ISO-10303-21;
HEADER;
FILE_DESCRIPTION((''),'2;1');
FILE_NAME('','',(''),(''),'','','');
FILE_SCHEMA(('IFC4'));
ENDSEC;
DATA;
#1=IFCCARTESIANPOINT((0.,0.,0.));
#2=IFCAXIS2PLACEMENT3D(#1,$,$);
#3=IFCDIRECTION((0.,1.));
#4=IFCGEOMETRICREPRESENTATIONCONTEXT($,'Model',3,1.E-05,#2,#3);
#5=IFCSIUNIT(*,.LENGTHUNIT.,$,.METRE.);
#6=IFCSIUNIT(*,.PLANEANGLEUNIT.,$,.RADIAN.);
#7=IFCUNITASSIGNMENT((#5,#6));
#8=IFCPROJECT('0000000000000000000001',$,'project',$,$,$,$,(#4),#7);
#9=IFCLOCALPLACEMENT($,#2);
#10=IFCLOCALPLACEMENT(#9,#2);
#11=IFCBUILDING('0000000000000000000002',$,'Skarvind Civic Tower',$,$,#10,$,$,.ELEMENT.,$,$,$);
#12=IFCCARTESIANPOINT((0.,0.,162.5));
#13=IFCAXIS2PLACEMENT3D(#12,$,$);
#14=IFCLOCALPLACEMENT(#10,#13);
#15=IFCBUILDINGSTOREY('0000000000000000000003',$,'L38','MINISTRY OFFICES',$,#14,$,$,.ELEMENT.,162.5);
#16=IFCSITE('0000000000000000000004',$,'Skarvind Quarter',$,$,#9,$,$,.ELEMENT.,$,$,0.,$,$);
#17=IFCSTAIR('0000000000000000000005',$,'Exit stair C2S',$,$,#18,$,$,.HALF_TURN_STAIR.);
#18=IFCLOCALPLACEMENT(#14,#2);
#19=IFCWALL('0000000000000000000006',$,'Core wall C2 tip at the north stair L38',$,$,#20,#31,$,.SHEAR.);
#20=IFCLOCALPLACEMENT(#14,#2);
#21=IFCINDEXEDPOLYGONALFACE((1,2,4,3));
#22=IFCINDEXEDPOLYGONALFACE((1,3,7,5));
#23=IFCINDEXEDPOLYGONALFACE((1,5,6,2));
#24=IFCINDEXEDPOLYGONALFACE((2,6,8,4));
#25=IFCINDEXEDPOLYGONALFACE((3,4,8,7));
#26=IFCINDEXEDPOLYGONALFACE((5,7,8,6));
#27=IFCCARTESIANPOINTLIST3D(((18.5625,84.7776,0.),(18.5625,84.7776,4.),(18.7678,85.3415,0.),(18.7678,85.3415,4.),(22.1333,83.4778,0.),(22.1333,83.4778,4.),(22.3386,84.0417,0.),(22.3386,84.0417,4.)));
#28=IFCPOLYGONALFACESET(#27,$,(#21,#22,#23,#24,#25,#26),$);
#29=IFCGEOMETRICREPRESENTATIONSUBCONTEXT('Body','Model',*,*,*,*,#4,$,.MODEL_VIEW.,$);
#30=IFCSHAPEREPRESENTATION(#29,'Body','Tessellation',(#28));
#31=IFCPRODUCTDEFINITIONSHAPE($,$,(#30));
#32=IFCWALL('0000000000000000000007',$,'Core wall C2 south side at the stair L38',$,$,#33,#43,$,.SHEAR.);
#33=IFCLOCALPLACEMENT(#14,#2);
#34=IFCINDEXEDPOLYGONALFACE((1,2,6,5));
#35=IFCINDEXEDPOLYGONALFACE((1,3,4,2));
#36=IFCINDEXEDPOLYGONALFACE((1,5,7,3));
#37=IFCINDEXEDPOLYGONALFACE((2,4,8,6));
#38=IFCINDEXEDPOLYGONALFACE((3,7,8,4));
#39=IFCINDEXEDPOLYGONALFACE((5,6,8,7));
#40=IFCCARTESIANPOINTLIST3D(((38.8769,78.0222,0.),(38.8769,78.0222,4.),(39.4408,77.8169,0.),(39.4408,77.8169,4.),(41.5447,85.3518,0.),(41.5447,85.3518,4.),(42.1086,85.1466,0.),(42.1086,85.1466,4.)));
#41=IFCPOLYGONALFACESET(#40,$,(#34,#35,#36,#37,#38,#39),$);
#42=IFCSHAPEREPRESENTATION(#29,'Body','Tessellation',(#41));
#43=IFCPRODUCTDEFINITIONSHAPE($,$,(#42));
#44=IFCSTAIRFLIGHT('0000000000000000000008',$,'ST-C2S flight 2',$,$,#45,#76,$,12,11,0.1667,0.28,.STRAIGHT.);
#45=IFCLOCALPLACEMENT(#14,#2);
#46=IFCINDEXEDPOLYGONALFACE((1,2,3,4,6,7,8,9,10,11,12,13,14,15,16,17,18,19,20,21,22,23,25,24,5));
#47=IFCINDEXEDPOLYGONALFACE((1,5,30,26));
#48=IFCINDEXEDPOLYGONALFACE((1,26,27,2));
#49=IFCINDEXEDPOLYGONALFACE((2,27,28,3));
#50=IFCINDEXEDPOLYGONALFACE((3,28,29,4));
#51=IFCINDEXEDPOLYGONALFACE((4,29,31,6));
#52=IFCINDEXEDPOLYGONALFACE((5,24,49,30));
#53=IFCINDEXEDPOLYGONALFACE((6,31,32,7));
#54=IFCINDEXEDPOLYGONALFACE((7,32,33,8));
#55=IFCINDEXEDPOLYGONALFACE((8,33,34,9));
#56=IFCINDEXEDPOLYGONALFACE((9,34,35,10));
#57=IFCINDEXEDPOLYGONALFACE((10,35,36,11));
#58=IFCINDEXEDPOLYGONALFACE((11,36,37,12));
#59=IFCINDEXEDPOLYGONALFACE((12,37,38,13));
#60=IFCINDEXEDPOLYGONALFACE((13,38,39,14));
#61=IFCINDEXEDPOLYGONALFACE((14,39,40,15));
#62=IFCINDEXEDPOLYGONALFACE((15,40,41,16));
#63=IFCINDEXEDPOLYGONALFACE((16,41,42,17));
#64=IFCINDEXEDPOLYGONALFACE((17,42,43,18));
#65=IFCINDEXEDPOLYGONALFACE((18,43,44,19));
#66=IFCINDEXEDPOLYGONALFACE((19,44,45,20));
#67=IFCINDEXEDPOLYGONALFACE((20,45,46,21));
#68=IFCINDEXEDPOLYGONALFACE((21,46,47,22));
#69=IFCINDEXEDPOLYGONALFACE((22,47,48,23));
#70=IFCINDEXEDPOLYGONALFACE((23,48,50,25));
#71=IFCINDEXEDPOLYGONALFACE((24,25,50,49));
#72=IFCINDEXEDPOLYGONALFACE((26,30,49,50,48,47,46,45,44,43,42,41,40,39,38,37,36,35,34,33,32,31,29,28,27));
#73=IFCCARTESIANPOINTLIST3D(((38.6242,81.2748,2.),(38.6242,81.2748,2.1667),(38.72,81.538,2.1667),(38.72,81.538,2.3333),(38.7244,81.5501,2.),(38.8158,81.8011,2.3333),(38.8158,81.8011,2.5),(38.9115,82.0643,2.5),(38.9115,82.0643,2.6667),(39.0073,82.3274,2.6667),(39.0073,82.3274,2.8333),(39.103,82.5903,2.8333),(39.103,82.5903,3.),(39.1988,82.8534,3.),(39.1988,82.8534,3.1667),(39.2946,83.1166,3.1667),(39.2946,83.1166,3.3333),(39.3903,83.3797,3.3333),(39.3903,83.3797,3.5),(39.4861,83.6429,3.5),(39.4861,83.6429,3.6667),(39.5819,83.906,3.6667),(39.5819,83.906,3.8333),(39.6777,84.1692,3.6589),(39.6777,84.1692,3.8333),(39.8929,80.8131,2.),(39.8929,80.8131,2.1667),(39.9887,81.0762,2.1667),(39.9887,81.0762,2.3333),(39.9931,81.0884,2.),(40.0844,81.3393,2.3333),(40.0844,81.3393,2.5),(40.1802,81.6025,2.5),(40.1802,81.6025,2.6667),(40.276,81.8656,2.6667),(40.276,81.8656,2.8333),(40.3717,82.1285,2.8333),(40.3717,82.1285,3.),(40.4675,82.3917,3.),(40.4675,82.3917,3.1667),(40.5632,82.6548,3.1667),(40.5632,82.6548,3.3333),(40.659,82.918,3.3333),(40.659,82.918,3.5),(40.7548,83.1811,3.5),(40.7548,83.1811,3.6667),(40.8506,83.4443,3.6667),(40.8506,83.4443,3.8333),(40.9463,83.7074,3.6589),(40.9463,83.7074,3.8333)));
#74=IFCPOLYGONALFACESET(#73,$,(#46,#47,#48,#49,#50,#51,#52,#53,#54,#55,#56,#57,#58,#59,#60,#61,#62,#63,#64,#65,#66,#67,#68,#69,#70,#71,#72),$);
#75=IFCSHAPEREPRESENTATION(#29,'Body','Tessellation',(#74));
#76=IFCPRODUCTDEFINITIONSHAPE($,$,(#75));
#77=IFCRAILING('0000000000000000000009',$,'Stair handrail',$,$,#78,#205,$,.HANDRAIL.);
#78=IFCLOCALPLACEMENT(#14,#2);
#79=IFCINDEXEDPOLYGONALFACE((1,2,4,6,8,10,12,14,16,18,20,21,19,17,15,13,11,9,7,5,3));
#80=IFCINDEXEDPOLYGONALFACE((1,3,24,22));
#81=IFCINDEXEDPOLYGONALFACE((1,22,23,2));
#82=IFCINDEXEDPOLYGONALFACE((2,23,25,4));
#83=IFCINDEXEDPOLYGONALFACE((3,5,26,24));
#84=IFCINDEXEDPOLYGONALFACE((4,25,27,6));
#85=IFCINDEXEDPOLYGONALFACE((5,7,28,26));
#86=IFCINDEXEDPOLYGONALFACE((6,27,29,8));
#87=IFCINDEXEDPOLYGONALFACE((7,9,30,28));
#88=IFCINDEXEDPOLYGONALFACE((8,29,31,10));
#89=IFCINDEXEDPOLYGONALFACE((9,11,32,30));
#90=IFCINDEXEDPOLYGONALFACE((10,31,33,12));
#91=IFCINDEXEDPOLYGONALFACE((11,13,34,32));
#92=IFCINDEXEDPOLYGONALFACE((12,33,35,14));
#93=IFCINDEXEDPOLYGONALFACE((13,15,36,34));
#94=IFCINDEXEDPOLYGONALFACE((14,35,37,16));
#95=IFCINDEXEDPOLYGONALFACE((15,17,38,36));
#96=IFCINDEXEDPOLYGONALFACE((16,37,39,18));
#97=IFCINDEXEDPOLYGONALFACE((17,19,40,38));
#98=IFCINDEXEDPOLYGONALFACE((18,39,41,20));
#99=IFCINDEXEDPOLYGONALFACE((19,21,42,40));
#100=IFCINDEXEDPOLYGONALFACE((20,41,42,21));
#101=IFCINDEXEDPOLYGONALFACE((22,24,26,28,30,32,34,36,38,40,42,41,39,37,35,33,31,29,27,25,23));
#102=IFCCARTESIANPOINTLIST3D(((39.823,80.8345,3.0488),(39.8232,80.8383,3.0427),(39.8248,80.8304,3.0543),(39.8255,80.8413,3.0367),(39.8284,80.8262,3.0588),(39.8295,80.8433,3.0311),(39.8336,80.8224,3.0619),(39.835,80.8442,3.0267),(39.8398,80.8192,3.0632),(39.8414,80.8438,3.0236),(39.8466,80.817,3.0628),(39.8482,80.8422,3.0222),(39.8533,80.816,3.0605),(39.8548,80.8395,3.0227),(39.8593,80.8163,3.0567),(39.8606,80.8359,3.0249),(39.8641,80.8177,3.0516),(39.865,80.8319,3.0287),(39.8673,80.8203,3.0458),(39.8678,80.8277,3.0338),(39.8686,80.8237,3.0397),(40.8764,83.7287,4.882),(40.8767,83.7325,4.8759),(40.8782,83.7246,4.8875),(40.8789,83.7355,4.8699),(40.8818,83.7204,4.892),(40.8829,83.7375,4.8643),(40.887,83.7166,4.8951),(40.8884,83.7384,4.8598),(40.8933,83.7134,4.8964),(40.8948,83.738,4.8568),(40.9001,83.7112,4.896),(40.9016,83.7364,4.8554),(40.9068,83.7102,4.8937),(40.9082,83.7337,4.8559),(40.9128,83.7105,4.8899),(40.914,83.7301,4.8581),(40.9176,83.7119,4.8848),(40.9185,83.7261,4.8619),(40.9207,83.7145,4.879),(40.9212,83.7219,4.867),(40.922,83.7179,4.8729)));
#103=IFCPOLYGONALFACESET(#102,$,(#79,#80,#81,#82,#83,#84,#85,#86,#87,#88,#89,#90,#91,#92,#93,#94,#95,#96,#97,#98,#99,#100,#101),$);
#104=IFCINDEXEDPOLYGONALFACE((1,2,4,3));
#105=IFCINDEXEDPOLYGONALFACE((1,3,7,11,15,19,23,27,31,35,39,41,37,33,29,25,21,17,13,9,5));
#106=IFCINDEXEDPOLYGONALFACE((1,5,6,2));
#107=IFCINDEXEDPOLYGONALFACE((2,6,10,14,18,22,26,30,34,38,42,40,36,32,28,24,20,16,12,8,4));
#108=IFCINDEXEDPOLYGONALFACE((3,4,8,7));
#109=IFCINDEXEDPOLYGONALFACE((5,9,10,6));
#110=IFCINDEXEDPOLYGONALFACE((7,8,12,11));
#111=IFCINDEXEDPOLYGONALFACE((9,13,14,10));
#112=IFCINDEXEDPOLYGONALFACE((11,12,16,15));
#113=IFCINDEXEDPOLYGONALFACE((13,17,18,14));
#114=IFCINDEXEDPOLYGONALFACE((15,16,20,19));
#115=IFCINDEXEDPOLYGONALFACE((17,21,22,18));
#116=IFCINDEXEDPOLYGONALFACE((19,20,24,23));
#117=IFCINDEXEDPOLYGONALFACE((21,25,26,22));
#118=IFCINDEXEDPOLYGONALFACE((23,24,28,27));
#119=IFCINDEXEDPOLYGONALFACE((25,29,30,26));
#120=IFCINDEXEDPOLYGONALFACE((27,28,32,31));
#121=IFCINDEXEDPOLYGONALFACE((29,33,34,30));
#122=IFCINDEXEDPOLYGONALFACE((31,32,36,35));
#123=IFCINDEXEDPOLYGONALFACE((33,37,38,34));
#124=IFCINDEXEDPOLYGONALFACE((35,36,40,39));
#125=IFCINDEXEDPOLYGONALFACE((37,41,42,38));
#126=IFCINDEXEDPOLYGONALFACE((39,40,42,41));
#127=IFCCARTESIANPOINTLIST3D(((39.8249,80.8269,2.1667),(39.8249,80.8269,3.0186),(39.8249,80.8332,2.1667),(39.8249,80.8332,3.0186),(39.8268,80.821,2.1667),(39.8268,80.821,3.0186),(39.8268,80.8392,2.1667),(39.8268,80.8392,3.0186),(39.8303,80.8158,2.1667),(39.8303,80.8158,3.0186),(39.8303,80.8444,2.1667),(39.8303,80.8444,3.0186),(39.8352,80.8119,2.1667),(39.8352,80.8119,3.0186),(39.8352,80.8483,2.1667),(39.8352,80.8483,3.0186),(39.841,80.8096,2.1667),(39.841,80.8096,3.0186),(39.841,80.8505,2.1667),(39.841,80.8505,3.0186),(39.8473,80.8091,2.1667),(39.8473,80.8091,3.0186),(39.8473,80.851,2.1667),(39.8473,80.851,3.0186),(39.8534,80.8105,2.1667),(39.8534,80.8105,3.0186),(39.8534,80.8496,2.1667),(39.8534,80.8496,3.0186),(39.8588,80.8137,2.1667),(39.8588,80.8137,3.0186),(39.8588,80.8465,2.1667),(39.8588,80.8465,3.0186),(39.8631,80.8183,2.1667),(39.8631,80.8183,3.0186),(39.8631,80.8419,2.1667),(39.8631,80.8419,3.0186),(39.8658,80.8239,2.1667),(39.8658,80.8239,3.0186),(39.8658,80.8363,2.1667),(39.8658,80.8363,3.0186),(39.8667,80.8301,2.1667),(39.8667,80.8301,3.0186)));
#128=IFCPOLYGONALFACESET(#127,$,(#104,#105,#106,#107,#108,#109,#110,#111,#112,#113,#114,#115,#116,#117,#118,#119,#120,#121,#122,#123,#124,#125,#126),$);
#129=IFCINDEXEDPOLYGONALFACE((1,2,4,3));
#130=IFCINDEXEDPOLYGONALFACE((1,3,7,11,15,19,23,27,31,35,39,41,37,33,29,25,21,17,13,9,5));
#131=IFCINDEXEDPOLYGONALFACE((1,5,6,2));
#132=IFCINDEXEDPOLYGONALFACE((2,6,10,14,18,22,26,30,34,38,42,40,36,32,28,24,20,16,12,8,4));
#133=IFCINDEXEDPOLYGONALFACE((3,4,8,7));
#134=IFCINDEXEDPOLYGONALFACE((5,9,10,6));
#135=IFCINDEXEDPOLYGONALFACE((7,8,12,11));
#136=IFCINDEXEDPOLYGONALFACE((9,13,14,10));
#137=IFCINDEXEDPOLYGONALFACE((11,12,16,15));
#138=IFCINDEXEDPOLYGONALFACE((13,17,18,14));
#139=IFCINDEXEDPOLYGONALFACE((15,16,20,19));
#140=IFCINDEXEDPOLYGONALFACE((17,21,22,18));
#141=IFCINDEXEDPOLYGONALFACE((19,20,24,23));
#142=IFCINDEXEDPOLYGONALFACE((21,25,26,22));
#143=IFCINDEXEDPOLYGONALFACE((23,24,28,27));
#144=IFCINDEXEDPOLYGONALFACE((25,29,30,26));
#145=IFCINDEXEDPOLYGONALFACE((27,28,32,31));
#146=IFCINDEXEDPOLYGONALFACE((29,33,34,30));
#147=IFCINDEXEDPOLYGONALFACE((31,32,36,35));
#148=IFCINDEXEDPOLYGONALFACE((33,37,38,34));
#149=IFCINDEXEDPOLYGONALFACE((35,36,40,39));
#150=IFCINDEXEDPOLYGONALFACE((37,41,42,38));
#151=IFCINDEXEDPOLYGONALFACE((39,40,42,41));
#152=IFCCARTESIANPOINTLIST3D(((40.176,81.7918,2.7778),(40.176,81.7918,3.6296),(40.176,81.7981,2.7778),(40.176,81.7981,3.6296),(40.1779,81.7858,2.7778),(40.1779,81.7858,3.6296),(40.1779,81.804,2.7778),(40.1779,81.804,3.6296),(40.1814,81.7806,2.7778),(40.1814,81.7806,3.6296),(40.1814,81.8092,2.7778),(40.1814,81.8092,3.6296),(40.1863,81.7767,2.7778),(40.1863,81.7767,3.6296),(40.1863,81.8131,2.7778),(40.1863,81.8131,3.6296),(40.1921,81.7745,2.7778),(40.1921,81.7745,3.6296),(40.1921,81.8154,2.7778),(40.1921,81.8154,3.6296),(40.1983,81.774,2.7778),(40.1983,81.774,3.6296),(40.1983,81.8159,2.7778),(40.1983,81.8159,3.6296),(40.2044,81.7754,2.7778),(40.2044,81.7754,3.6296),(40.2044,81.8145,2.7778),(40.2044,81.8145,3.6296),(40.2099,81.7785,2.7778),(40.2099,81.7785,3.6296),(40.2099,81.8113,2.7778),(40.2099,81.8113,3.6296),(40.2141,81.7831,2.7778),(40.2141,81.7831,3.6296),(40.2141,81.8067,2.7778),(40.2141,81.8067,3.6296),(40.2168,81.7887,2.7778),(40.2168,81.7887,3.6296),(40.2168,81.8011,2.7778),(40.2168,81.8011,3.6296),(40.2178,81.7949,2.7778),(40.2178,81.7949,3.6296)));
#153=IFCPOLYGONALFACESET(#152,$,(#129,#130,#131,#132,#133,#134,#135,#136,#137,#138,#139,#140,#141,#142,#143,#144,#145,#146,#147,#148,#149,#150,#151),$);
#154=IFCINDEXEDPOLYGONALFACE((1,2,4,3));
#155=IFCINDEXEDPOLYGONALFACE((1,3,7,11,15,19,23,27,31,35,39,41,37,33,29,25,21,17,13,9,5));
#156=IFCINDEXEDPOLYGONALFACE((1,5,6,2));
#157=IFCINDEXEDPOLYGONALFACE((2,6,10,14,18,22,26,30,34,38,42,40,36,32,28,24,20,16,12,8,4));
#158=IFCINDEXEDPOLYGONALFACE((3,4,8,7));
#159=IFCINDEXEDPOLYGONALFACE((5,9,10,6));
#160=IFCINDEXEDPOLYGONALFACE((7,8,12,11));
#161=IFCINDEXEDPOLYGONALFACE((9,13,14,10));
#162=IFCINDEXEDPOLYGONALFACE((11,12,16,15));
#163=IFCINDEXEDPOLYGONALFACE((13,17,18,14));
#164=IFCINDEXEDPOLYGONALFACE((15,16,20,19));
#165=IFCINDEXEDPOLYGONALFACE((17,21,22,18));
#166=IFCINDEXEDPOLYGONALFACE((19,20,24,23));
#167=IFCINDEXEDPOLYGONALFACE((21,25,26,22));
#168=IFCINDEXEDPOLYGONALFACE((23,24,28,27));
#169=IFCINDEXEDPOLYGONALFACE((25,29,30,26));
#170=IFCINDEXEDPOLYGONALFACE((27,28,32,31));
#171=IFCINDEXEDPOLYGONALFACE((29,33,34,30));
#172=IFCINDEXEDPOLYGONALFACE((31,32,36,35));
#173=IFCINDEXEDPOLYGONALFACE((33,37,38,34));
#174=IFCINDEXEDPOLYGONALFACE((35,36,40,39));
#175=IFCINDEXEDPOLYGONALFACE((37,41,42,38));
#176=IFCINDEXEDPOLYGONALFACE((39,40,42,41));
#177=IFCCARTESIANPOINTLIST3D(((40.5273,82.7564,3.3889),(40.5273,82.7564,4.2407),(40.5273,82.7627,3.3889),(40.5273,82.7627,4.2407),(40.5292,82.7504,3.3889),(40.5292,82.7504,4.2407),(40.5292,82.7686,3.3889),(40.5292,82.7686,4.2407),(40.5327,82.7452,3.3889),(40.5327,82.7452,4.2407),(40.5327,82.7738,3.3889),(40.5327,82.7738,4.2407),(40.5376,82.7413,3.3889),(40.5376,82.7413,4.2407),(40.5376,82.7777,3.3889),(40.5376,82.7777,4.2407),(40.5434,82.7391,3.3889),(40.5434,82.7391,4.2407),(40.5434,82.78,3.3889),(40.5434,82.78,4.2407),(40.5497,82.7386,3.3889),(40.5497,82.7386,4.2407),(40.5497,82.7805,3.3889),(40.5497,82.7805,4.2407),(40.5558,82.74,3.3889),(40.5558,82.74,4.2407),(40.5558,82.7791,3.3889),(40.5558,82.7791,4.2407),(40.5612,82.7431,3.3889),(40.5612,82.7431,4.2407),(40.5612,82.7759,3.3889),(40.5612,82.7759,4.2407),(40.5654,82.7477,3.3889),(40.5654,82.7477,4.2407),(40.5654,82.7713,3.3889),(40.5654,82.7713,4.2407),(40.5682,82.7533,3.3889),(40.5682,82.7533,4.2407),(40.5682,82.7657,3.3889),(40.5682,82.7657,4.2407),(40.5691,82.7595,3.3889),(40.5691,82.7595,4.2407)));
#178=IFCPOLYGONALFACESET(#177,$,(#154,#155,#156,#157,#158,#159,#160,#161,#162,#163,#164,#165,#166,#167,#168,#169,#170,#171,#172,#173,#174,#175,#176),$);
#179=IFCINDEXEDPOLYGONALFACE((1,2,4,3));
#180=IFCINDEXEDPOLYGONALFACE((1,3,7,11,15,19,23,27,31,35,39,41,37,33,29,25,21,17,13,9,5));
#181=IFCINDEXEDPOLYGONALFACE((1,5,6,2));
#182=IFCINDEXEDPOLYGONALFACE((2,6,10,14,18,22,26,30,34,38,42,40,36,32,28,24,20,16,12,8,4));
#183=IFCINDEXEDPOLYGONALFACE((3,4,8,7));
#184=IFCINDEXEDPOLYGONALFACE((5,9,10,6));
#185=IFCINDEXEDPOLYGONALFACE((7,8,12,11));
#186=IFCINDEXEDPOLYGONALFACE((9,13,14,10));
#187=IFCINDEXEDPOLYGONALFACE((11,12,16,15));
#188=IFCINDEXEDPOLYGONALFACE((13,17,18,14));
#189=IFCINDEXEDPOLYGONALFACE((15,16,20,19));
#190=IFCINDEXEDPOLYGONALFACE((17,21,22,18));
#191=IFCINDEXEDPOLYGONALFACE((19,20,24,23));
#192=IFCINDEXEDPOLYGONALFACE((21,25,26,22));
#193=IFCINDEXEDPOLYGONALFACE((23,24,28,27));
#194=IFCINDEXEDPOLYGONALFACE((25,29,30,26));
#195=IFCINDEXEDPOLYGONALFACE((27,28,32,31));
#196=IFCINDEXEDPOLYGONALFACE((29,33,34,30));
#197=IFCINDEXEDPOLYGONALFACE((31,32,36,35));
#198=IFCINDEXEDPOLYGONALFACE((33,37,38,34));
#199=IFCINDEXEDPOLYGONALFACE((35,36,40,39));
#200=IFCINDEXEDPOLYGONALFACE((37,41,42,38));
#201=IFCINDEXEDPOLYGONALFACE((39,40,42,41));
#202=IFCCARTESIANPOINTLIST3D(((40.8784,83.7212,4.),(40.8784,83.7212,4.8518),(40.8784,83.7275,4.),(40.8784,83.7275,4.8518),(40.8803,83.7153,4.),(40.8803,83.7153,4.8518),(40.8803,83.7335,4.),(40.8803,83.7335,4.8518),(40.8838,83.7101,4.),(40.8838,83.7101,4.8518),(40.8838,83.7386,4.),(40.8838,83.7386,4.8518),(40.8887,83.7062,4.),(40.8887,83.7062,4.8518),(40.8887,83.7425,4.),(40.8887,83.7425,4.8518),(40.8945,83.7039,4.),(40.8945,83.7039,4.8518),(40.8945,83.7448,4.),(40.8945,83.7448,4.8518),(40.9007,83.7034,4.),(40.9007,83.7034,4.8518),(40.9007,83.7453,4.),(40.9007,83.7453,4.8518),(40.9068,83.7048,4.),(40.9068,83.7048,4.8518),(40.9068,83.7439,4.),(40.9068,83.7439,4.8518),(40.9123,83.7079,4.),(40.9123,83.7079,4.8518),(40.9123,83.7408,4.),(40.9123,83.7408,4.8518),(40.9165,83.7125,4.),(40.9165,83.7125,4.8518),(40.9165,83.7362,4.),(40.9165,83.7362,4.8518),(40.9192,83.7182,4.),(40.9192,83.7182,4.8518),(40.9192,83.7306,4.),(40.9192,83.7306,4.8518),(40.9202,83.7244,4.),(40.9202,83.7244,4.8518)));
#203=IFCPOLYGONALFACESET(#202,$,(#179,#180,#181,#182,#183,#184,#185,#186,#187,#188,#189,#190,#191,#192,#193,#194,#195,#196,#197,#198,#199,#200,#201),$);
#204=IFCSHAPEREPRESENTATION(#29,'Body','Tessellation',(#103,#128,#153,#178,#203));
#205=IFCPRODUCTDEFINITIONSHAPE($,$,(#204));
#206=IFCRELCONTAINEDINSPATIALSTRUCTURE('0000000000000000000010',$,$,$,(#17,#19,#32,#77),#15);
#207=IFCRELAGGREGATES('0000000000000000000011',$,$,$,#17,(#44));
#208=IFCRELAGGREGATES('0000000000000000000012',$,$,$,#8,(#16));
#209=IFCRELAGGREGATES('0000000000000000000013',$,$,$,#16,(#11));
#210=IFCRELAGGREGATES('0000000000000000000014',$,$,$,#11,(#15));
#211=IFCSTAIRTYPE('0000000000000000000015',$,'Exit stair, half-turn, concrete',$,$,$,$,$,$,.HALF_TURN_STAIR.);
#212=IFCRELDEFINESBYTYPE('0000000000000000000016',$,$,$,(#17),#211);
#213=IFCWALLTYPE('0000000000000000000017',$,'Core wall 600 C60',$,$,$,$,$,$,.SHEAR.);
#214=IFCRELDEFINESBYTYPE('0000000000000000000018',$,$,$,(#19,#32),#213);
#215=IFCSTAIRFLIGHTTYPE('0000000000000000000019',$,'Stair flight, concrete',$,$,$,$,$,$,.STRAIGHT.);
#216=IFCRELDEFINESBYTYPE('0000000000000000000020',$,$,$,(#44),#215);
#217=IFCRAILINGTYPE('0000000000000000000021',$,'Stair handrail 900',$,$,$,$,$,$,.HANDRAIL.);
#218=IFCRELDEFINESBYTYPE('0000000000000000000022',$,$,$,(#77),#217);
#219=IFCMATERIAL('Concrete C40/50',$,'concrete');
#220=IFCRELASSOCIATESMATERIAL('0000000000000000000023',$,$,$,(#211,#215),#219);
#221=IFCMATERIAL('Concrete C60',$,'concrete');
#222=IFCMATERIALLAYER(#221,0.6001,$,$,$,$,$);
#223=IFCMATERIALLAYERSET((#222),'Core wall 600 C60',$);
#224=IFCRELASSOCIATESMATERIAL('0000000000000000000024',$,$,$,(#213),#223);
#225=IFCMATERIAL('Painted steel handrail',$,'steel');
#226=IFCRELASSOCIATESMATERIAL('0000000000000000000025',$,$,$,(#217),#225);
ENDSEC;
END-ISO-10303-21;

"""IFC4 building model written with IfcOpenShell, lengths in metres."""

from ifc_helpers import new_model, si_unit, direction, frame, frame_2d, origin, origin_2d, place, context, subcontext, project, spatial, polyline, rectangle, circle, outline, extrude, material, layer, layer_set, type_object, element, aggregate, save


model = new_model("IFC4")

# Units and contexts
model_context = context("Model", 3, precision=1e-05, world=origin(), true_north=direction((0.0, 1.0)))
body_context = subcontext(model_context, "Body", "Model", "MODEL_VIEW")
ifc_project = project(units=[si_unit("LENGTHUNIT", "METRE"), si_unit("PLANEANGLEUNIT", "RADIAN")], contexts=[model_context])

# Site, building, storey
site_placement = place(None, origin())
site = spatial("IfcSite", under=ifc_project, at=site_placement, Name="Skarvind Quarter", CompositionType="ELEMENT", RefElevation=0.0)
building_placement = place(site_placement, origin())
building = spatial("IfcBuilding", under=site, at=building_placement, Name="Skarvind Civic Tower", CompositionType="ELEMENT")
storey_placement = place(building_placement, frame((0.0, 0.0, 162.5)))
storey = spatial("IfcBuildingStorey", under=building, at=storey_placement, Name="L38", Description="MINISTRY OFFICES", CompositionType="ELEMENT", Elevation=162.5)

# Shared definitions
ifc_material_1 = material(Name="Concrete C40/50", Category="concrete")

# Stair
stair_type_1 = type_object("IfcStairType", Name="Exit stair, half-turn, concrete", PredefinedType="HALF_TURN_STAIR", material=ifc_material_1)
stair_1_placement = place(storey_placement, origin())
stair_1 = element("IfcStair", 1, at=stair_1_placement, inside=storey, type_object=stair_type_1, Name="Exit stair C2S", PredefinedType="HALF_TURN_STAIR")

# Shared definitions
ifc_material_2 = material(Name="Concrete C60", Category="concrete")

# Walls
ifc_layer_1 = layer(ifc_material_2, 0.6001)
ifc_layer_set_1 = layer_set([ifc_layer_1], Name="Core wall 600 C60")
wall_type_1 = type_object("IfcWallType", Name="Core wall 600 C60", PredefinedType="SHEAR", material=ifc_layer_set_1)
for number, where, z_axis, x_axis, name in (
    (2, (22.2358, 83.7598, 0.0), (0.0, 0.0, 1.0), (-0.939681, 0.342053, 0.0), "Core wall C2 tip at the north stair L38"),
):
    element("IfcWall", number, at=place(storey_placement, frame(where, z_axis=z_axis, x_axis=x_axis)), inside=storey, type_object=wall_type_1, Name=name, PredefinedType="SHEAR", context=body_context, shape_type="SweptSolid", body=[
        extrude(rectangle(XDim=3.8, YDim=0.6001, at=frame_2d((1.8999, 0.0))), origin(), (0.0, 0.0, 1.0), 4.0),
    ])
wall_1_placement = place(storey_placement, frame((39.1589, 77.9197, 0.0), z_axis=(0.0, 0.0, 1.0), x_axis=(0.342017, 0.939694, 0.0)))
element("IfcWall", 3, at=wall_1_placement, inside=storey, type_object=wall_type_1, Name="Core wall C2 south side at the stair L38", PredefinedType="SHEAR", context=body_context, shape_type="SweptSolid", body=[
    extrude(rectangle(XDim=7.8, YDim=0.6001, at=frame_2d((3.8999, 0.0))), origin(), (0.0, 0.0, 1.0), 4.0),
])

# Stair flight
stair_flight_type = type_object("IfcStairFlightType", Name="Stair flight, concrete", PredefinedType="STRAIGHT", material=ifc_material_1)
stair_flight_placement = place(storey_placement, frame((39.2585, 81.0439, 2.0), z_axis=(0.0, 0.0, 1.0), x_axis=(0.34202, 0.939693, 0.0)))
stair_flight = element("IfcStairFlight", 4, at=stair_flight_placement, type_object=stair_flight_type, Name="ST-C2S flight 2", NumberOfRisers=12, NumberOfTreads=11, PredefinedType="STRAIGHT", RiserHeight=0.1667, TreadLength=0.28, context=body_context, shape_type="SweptSolid", body=[
    extrude(outline(polyline([(0.0, 0.0), (0.0, 0.1667), (0.28, 0.1667), (0.28, 0.3333), (0.5601, 0.3333), (0.5601, 0.5), (0.8401, 0.5), (0.8401, 0.6667), (1.1201, 0.6667), (1.1201, 0.8333), (1.3999, 0.8333), (1.3999, 1.0), (1.6799, 1.0), (1.6799, 1.1667), (1.96, 1.1667), (1.96, 1.3333), (2.24, 1.3333), (2.24, 1.5), (2.52, 1.5), (2.52, 1.6667), (2.8, 1.6667), (2.8, 1.8333), (3.0801, 1.8333), (3.0801, 2.0), (3.0801, 1.6589), (0.293, 0.0), (0.0, 0.0)])), frame((0.0, 0.675, 0.0), z_axis=(0.0, -1.0, 0.0), x_axis=(1.0, 0.0, 0.0)), (0.0, 0.0, 1.0), 1.3501),
])
aggregate(stair_1, [stair_flight])

# Railing
ifc_material_3 = material(Name="Painted steel handrail", Category="steel")
railing_type = type_object("IfcRailingType", Name="Stair handrail 900", PredefinedType="HANDRAIL", material=ifc_material_3)
railing_placement = place(storey_placement, frame((39.8457, 80.8301, 2.1667)))
element("IfcRailing", 5, at=railing_placement, inside=storey, type_object=railing_type, Name="Stair handrail", PredefinedType="HANDRAIL", context=body_context, shape_type="SweptSolid", body=[
    extrude(circle(Radius=0.0239, at=origin_2d()), frame((0.0, 0.0, 0.876), z_axis=(0.293908, 0.807481, 0.511461), x_axis=(-0.939689, 0.342029, 0.0)), (0.0, 0.0, 1.0), 3.5842),
    extrude(circle(Radius=0.021, at=origin_2d()), origin(), (0.0, 0.0, 1.0), 0.8518),
    extrude(circle(Radius=0.021, at=origin_2d()), frame((0.3511, 0.9648, 0.6111)), (0.0, 0.0, 1.0), 0.8518),
    extrude(circle(Radius=0.021, at=origin_2d()), frame((0.7024, 1.9294, 1.2222)), (0.0, 0.0, 1.0), 0.8518),
    extrude(circle(Radius=0.021, at=origin_2d()), frame((1.0535, 2.8943, 1.8333)), (0.0, 0.0, 1.0), 0.8518),
])

save(model, "model.ifc")
